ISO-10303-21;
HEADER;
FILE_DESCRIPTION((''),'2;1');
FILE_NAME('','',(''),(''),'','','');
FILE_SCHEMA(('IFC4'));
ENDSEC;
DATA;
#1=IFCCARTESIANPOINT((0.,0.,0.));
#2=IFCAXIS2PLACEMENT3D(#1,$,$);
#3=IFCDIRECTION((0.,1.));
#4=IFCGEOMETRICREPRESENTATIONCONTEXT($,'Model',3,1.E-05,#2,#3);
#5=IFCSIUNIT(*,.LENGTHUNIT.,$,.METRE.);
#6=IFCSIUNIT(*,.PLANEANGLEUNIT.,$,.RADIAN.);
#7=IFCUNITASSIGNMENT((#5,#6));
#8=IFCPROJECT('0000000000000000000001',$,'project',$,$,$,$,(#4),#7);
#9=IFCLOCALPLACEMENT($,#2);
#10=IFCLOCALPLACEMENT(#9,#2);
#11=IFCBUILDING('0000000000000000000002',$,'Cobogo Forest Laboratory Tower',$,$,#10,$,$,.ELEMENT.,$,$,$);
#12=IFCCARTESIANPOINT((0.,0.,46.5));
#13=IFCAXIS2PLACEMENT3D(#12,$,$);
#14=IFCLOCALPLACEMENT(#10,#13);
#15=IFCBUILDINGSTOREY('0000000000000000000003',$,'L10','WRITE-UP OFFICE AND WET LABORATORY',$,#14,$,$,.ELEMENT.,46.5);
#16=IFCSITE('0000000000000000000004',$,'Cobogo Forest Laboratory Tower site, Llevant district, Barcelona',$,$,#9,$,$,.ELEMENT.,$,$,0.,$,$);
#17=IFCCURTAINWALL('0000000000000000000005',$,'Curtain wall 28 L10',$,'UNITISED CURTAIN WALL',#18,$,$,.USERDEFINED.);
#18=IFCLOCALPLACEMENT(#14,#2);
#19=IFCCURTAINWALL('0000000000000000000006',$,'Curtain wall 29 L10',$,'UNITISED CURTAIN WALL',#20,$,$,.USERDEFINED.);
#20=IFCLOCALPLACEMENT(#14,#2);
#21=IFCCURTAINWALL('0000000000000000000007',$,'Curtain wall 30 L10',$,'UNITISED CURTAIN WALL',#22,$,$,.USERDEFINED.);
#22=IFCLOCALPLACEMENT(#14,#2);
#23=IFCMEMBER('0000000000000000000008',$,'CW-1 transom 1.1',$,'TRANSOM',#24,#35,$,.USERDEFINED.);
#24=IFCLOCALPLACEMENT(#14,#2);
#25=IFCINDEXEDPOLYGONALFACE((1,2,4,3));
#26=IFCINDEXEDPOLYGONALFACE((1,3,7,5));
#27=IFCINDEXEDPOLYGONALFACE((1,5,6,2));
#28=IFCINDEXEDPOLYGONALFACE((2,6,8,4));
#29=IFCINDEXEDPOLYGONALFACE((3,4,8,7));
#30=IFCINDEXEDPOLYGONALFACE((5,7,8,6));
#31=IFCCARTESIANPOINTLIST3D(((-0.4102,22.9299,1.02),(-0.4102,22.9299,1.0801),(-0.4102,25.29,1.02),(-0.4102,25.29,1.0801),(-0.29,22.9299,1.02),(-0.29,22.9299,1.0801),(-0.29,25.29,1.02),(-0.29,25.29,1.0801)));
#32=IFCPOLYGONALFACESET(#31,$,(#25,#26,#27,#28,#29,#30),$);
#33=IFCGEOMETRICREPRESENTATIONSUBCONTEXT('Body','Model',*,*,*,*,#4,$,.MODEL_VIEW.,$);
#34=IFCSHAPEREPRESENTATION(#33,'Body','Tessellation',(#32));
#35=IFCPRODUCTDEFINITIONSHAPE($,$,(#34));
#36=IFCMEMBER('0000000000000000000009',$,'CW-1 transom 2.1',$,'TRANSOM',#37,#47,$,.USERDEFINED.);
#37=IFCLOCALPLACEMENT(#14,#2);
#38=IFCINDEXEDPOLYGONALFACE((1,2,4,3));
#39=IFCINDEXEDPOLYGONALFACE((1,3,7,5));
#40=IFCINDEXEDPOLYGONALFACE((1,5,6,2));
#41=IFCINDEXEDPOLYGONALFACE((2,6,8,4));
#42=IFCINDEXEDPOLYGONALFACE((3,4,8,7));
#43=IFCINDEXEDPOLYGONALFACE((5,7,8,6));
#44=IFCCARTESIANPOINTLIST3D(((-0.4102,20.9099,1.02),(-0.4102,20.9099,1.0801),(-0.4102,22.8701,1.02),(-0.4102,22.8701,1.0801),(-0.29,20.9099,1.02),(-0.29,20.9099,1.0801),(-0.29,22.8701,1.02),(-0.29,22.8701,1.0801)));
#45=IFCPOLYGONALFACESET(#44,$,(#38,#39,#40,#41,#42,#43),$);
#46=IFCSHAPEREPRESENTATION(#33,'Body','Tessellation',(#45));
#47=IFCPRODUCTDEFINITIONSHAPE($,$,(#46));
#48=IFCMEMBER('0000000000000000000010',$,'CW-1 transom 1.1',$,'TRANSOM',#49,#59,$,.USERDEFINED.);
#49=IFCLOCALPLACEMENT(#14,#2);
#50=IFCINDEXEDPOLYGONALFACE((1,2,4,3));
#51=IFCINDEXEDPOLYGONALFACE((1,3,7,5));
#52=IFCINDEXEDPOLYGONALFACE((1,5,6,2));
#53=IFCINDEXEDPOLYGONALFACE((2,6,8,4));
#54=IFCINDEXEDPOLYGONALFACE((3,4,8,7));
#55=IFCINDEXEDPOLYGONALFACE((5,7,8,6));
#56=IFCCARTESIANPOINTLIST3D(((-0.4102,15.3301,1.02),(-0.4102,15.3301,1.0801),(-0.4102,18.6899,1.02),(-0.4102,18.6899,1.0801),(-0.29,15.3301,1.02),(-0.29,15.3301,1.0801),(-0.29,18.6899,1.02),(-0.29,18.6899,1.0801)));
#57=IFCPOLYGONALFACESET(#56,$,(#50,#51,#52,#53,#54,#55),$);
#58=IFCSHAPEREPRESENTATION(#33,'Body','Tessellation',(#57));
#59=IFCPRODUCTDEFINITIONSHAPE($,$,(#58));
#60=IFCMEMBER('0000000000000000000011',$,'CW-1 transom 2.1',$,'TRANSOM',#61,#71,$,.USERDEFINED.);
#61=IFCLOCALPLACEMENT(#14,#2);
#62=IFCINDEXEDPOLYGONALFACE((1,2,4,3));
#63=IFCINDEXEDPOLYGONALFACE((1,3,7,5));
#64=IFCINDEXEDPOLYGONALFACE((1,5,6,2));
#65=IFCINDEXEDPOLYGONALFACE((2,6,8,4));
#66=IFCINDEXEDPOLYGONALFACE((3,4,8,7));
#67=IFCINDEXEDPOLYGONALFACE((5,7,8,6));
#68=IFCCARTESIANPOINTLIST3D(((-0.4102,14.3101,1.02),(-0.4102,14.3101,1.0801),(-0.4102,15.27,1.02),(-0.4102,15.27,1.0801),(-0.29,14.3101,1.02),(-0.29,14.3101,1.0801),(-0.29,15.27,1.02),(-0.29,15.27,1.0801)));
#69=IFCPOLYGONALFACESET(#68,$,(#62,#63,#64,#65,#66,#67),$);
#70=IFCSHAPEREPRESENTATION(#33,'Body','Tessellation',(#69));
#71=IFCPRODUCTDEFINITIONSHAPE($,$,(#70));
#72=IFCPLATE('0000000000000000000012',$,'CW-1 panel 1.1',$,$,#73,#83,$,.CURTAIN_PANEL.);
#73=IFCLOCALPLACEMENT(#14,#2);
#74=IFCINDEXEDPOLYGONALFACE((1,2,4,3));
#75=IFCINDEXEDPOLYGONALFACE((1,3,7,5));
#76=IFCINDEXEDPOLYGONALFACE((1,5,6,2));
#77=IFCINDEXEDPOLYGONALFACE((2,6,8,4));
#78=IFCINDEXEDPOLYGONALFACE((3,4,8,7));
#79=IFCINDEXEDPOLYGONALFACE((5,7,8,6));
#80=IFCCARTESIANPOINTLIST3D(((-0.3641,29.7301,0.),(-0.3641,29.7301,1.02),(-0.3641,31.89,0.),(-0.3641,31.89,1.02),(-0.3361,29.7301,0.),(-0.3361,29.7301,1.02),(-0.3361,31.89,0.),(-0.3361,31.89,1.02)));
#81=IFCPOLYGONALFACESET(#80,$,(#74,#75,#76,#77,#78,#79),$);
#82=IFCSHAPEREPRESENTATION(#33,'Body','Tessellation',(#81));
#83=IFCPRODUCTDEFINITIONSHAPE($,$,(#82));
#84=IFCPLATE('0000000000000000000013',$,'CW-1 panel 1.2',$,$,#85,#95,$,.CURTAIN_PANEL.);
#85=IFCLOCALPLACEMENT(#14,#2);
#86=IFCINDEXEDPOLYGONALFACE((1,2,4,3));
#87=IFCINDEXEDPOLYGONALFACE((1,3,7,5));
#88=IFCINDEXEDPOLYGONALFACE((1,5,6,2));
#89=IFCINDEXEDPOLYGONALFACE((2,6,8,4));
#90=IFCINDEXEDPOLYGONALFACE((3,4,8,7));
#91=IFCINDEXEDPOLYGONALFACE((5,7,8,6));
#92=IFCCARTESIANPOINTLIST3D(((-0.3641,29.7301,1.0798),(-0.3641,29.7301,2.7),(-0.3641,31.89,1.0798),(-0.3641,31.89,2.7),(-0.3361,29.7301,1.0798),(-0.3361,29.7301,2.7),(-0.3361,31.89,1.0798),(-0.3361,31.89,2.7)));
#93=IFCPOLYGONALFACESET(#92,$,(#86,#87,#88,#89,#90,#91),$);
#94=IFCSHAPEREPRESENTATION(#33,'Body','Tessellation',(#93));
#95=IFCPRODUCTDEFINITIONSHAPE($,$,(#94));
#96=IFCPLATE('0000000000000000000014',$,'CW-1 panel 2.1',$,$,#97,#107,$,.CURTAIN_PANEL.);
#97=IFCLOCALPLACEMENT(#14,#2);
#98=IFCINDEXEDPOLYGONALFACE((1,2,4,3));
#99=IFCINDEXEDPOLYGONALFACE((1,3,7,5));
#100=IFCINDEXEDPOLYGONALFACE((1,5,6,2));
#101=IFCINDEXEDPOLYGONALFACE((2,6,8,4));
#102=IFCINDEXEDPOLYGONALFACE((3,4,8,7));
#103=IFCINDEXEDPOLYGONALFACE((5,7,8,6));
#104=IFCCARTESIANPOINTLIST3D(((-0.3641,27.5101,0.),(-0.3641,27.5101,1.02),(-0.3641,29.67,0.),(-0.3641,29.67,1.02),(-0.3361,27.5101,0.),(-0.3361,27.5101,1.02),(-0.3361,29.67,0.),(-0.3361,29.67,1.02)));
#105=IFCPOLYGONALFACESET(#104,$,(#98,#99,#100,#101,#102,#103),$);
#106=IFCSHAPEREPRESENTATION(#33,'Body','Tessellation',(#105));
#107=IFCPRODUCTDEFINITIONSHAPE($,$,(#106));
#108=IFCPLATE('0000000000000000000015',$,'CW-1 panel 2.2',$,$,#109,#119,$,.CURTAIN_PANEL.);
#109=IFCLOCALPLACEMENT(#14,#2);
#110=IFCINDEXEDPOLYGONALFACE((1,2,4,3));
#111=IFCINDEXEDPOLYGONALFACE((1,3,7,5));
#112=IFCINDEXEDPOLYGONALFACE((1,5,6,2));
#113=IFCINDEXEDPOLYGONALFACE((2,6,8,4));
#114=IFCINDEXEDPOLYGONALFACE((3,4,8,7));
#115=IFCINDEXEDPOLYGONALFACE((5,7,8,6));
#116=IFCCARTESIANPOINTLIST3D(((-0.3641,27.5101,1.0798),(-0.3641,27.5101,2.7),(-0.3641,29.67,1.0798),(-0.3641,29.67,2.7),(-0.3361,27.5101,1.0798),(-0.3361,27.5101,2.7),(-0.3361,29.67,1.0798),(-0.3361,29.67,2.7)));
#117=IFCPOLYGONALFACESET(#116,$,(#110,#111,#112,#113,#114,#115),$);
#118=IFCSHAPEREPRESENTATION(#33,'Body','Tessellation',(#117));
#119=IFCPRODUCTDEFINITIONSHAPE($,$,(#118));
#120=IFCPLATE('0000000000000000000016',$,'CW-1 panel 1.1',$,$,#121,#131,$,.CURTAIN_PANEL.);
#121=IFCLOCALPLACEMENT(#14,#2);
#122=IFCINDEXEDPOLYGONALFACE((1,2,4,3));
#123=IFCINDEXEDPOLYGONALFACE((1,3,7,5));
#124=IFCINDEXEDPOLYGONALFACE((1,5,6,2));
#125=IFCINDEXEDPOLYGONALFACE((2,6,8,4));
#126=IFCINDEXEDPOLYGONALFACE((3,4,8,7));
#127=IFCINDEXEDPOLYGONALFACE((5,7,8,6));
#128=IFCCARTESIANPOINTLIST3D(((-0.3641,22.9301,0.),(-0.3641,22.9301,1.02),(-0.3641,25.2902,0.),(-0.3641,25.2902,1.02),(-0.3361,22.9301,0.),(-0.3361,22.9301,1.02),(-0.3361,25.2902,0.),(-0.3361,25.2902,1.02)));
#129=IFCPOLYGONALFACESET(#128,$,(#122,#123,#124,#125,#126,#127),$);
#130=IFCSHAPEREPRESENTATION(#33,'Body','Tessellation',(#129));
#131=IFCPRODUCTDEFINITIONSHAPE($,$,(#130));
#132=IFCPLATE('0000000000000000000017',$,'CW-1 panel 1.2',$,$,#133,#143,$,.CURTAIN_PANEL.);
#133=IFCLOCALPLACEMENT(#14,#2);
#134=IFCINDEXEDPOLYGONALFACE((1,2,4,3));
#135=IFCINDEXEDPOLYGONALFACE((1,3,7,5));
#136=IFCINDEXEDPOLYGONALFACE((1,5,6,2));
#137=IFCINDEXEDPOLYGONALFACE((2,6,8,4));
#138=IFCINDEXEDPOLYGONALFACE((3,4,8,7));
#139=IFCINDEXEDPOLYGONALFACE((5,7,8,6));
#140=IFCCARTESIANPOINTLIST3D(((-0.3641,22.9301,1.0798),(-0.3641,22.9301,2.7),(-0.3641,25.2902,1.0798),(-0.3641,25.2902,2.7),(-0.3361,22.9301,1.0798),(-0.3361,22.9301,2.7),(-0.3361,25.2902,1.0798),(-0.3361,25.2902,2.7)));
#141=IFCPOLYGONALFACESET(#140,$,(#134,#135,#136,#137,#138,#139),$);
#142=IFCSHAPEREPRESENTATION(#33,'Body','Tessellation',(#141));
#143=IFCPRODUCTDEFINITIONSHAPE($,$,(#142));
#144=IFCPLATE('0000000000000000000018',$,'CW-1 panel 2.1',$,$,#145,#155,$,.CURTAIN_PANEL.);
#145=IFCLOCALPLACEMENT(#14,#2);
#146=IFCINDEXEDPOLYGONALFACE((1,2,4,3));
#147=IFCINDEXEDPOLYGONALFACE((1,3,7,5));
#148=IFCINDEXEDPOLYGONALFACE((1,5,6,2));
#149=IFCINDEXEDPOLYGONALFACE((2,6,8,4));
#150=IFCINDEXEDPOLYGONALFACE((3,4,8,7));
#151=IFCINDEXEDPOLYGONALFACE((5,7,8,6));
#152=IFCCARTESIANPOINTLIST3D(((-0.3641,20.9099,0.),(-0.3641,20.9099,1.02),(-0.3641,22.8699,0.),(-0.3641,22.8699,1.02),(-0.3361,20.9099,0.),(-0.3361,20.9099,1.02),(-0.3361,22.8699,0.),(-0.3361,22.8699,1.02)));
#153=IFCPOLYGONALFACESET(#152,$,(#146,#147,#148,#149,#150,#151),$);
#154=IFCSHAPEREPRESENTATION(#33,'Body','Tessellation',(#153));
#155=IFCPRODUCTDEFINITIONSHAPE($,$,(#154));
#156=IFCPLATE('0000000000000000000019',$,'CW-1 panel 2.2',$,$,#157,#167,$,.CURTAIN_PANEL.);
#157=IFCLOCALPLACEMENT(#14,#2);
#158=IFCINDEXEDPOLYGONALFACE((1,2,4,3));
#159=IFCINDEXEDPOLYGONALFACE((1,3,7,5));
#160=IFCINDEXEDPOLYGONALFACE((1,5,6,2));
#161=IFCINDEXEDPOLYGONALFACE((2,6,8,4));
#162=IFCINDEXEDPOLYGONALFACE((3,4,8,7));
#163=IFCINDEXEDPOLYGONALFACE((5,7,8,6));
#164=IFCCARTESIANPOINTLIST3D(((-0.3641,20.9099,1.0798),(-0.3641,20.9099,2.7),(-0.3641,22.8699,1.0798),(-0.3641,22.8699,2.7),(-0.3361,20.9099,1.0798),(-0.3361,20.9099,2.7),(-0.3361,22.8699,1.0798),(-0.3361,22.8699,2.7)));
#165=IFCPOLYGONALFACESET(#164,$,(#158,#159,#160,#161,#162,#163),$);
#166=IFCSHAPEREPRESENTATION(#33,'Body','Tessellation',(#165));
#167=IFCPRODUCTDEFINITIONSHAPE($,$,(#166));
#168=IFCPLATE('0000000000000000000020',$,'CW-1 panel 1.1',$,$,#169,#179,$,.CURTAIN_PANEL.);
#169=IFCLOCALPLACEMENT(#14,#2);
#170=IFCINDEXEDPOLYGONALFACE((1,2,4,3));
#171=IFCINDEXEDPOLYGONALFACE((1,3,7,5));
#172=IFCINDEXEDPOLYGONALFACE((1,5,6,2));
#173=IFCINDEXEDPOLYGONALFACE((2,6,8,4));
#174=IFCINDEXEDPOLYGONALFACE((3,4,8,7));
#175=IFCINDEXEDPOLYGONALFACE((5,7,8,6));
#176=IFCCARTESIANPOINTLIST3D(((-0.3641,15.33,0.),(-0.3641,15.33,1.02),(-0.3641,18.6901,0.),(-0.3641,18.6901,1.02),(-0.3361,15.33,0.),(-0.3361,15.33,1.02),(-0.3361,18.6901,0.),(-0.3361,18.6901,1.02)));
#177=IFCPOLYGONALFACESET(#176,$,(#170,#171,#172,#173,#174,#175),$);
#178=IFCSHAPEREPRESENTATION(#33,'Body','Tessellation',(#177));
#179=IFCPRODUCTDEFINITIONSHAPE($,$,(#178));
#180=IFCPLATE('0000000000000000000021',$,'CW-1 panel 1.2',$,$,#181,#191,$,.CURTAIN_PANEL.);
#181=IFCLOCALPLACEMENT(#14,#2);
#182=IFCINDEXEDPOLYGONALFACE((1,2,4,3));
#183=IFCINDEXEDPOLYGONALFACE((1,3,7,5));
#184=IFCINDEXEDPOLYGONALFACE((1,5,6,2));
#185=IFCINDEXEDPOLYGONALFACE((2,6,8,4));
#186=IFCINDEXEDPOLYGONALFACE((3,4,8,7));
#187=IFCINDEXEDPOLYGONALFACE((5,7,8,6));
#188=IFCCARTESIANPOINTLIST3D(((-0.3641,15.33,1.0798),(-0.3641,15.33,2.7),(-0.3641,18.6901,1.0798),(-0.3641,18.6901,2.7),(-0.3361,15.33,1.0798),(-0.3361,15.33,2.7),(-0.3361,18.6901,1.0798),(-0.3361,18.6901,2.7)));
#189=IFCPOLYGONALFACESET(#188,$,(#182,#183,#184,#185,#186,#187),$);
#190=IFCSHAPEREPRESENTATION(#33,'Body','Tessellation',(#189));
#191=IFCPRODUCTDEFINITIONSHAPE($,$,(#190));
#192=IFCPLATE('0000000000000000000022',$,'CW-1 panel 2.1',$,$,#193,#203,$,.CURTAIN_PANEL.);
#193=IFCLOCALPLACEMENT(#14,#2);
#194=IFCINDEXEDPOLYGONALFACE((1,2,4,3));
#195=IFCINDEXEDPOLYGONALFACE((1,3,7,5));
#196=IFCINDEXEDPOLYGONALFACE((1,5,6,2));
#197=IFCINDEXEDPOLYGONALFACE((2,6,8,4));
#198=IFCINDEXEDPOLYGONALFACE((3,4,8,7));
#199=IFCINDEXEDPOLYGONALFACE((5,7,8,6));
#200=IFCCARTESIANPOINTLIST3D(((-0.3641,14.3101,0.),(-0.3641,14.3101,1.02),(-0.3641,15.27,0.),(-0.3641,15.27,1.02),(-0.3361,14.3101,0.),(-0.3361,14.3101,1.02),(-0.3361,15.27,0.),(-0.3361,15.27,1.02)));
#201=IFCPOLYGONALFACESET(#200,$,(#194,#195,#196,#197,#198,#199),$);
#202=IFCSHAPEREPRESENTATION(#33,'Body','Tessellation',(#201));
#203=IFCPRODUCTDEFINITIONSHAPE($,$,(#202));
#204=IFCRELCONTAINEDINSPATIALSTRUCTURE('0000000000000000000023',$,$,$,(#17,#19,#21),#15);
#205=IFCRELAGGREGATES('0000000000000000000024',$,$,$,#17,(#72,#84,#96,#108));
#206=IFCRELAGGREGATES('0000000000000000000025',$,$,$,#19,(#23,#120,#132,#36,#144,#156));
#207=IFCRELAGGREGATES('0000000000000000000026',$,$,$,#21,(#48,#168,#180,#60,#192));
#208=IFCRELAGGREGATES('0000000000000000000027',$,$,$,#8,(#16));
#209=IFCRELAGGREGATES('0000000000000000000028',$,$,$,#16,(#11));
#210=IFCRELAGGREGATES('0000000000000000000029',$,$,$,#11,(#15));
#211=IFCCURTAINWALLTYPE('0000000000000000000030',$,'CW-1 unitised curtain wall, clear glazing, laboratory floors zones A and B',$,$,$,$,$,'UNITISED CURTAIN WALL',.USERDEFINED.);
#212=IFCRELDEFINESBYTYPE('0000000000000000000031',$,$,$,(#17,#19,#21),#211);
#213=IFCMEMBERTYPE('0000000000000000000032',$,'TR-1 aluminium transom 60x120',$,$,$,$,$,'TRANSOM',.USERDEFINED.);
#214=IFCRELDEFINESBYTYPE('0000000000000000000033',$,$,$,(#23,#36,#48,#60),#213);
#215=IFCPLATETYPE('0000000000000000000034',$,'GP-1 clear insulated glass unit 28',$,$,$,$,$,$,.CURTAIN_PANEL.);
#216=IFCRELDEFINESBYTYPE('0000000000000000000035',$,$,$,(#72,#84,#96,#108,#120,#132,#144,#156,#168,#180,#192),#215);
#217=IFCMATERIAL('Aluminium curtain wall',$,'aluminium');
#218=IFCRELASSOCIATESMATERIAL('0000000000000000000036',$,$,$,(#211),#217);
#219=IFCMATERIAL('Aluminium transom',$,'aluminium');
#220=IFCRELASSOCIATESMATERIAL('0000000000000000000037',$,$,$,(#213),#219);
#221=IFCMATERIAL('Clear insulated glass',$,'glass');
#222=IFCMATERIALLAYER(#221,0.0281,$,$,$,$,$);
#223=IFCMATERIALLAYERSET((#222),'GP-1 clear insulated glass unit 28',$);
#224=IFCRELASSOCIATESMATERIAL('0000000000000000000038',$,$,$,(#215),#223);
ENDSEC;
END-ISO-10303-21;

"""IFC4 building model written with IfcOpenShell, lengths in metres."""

from ifc_helpers import new_model, si_unit, direction, frame, origin, origin_2d, place, context, subcontext, project, spatial, rectangle, extrude, material, layer, layer_set, material_profile, profile_set, type_object, element, aggregate, save


model = new_model("IFC4")

# Units and contexts
model_context = context("Model", 3, precision=1e-05, world=origin(), true_north=direction((0.0, 1.0)))
body_context = subcontext(model_context, "Body", "Model", "MODEL_VIEW")
ifc_project = project(units=[si_unit("LENGTHUNIT", "METRE"), si_unit("PLANEANGLEUNIT", "RADIAN")], contexts=[model_context])

# Site, building, storey
site_placement = place(None, origin())
site = spatial("IfcSite", under=ifc_project, at=site_placement, Name="Cobogo Forest Laboratory Tower site, Llevant district, Barcelona", CompositionType="ELEMENT", RefElevation=0.0)
building_placement = place(site_placement, origin())
building = spatial("IfcBuilding", under=site, at=building_placement, Name="Cobogo Forest Laboratory Tower", CompositionType="ELEMENT")
storey_placement = place(building_placement, frame((0.0, 0.0, 46.5)))
storey = spatial("IfcBuildingStorey", under=building, at=storey_placement, Name="L10", Description="WRITE-UP OFFICE AND WET LABORATORY", CompositionType="ELEMENT", Elevation=46.5)

# Curtain walls
ifc_material_1 = material(Name="Aluminium curtain wall", Category="aluminium")
curtain_wall_type = type_object("IfcCurtainWallType", Name="CW-1 unitised curtain wall, clear glazing, laboratory floors zones A and B", ElementType="UNITISED CURTAIN WALL", PredefinedType="USERDEFINED", material=ifc_material_1)
curtain_wall_1_placement = place(storey_placement, origin())
curtain_wall_1 = element("IfcCurtainWall", 1, at=curtain_wall_1_placement, inside=storey, type_object=curtain_wall_type, Name="Curtain wall 28 L10", ObjectType="UNITISED CURTAIN WALL", PredefinedType="USERDEFINED")
curtain_wall_2_placement = place(storey_placement, origin())
curtain_wall_2 = element("IfcCurtainWall", 2, at=curtain_wall_2_placement, inside=storey, type_object=curtain_wall_type, Name="Curtain wall 29 L10", ObjectType="UNITISED CURTAIN WALL", PredefinedType="USERDEFINED")
curtain_wall_3_placement = place(storey_placement, origin())
curtain_wall_3 = element("IfcCurtainWall", 3, at=curtain_wall_3_placement, inside=storey, type_object=curtain_wall_type, Name="Curtain wall 30 L10", ObjectType="UNITISED CURTAIN WALL", PredefinedType="USERDEFINED")

# Members
ifc_material_2 = material(Name="Aluminium transom", Category="aluminium")
ifc_material_profile_1 = material_profile(ifc_material_2, rectangle(XDim=0.1201, YDim=0.0601, at=origin_2d()), Name="AL 60x120")
ifc_profile_set_1 = profile_set([ifc_material_profile_1], Name="Aluminium transom")
member_type_1 = type_object("IfcMemberType", Name="TR-1 aluminium transom 60x120", ElementType="TRANSOM", PredefinedType="USERDEFINED", material=ifc_profile_set_1)
member_1_placement = place(storey_placement, frame((-0.3501, 25.29, 1.05), z_axis=(0.0, -1.0, 0.0), x_axis=(1.0, 0.0, 0.0)))
member_1 = element("IfcMember", 4, at=member_1_placement, type_object=member_type_1, Name="CW-1 transom 1.1", ObjectType="TRANSOM", PredefinedType="USERDEFINED", context=body_context, shape_type="SweptSolid", body=[
    extrude(rectangle(XDim=0.1201, YDim=0.0601, at=origin_2d()), origin(), (0.0, 0.0, 1.0), 2.3601),
])
member_2_placement = place(storey_placement, frame((-0.3501, 22.8701, 1.05), z_axis=(0.0, -1.0, 0.0), x_axis=(1.0, 0.0, 0.0)))
member_2 = element("IfcMember", 5, at=member_2_placement, type_object=member_type_1, Name="CW-1 transom 2.1", ObjectType="TRANSOM", PredefinedType="USERDEFINED", context=body_context, shape_type="SweptSolid", body=[
    extrude(rectangle(XDim=0.1201, YDim=0.0601, at=origin_2d()), origin(), (0.0, 0.0, 1.0), 1.9602),
])
member_3_placement = place(storey_placement, frame((-0.3501, 18.6899, 1.05), z_axis=(0.0, -1.0, 0.0), x_axis=(1.0, 0.0, 0.0)))
member_3 = element("IfcMember", 6, at=member_3_placement, type_object=member_type_1, Name="CW-1 transom 1.1", ObjectType="TRANSOM", PredefinedType="USERDEFINED", context=body_context, shape_type="SweptSolid", body=[
    extrude(rectangle(XDim=0.1201, YDim=0.0601, at=origin_2d()), origin(), (0.0, 0.0, 1.0), 3.3599),
])
member_4_placement = place(storey_placement, frame((-0.3501, 15.27, 1.05), z_axis=(0.0, -1.0, 0.0), x_axis=(1.0, 0.0, 0.0)))
member_4 = element("IfcMember", 7, at=member_4_placement, type_object=member_type_1, Name="CW-1 transom 2.1", ObjectType="TRANSOM", PredefinedType="USERDEFINED", context=body_context, shape_type="SweptSolid", body=[
    extrude(rectangle(XDim=0.1201, YDim=0.0601, at=origin_2d()), origin(), (0.0, 0.0, 1.0), 0.96),
])

# Plates
ifc_material_3 = material(Name="Clear insulated glass", Category="glass")
ifc_layer_1 = layer(ifc_material_3, 0.0281)
ifc_layer_set_1 = layer_set([ifc_layer_1], Name="GP-1 clear insulated glass unit 28")
plate_type_1 = type_object("IfcPlateType", Name="GP-1 clear insulated glass unit 28", PredefinedType="CURTAIN_PANEL", material=ifc_layer_set_1)
plate_1_placement = place(storey_placement, frame((-0.3501, 30.8101, 0.0), z_axis=(0.0, 0.0, 1.0), x_axis=(0.0, -1.0, 0.0)))
plate_1 = element("IfcPlate", 8, at=plate_1_placement, type_object=plate_type_1, Name="CW-1 panel 1.1", PredefinedType="CURTAIN_PANEL", context=body_context, shape_type="SweptSolid", body=[
    extrude(rectangle(XDim=2.1599, YDim=0.0281, at=origin_2d()), origin(), (0.0, 0.0, 1.0), 1.02),
])
plate_2_placement = place(storey_placement, frame((-0.3501, 30.8101, 1.0798), z_axis=(0.0, 0.0, 1.0), x_axis=(0.0, -1.0, 0.0)))
plate_2 = element("IfcPlate", 9, at=plate_2_placement, type_object=plate_type_1, Name="CW-1 panel 1.2", PredefinedType="CURTAIN_PANEL", context=body_context, shape_type="SweptSolid", body=[
    extrude(rectangle(XDim=2.1599, YDim=0.0281, at=origin_2d()), origin(), (0.0, 0.0, 1.0), 1.6201),
])
plate_3_placement = place(storey_placement, frame((-0.3501, 28.5901, 0.0), z_axis=(0.0, 0.0, 1.0), x_axis=(0.0, -1.0, 0.0)))
plate_3 = element("IfcPlate", 10, at=plate_3_placement, type_object=plate_type_1, Name="CW-1 panel 2.1", PredefinedType="CURTAIN_PANEL", context=body_context, shape_type="SweptSolid", body=[
    extrude(rectangle(XDim=2.1599, YDim=0.0281, at=origin_2d()), origin(), (0.0, 0.0, 1.0), 1.02),
])
plate_4_placement = place(storey_placement, frame((-0.3501, 28.5901, 1.0798), z_axis=(0.0, 0.0, 1.0), x_axis=(0.0, -1.0, 0.0)))
plate_4 = element("IfcPlate", 11, at=plate_4_placement, type_object=plate_type_1, Name="CW-1 panel 2.2", PredefinedType="CURTAIN_PANEL", context=body_context, shape_type="SweptSolid", body=[
    extrude(rectangle(XDim=2.1599, YDim=0.0281, at=origin_2d()), origin(), (0.0, 0.0, 1.0), 1.6201),
])
aggregate(curtain_wall_1, [plate_1, plate_2, plate_3, plate_4])
plate_5_placement = place(storey_placement, frame((-0.3501, 24.1101, 0.0), z_axis=(0.0, 0.0, 1.0), x_axis=(0.0, -1.0, 0.0)))
plate_5 = element("IfcPlate", 12, at=plate_5_placement, type_object=plate_type_1, Name="CW-1 panel 1.1", PredefinedType="CURTAIN_PANEL", context=body_context, shape_type="SweptSolid", body=[
    extrude(rectangle(XDim=2.3601, YDim=0.0281, at=origin_2d()), origin(), (0.0, 0.0, 1.0), 1.02),
])
plate_6_placement = place(storey_placement, frame((-0.3501, 24.1101, 1.0798), z_axis=(0.0, 0.0, 1.0), x_axis=(0.0, -1.0, 0.0)))
plate_6 = element("IfcPlate", 13, at=plate_6_placement, type_object=plate_type_1, Name="CW-1 panel 1.2", PredefinedType="CURTAIN_PANEL", context=body_context, shape_type="SweptSolid", body=[
    extrude(rectangle(XDim=2.3601, YDim=0.0281, at=origin_2d()), origin(), (0.0, 0.0, 1.0), 1.6201),
])
plate_7_placement = place(storey_placement, frame((-0.3501, 21.8899, 0.0), z_axis=(0.0, 0.0, 1.0), x_axis=(0.0, -1.0, 0.0)))
plate_7 = element("IfcPlate", 14, at=plate_7_placement, type_object=plate_type_1, Name="CW-1 panel 2.1", PredefinedType="CURTAIN_PANEL", context=body_context, shape_type="SweptSolid", body=[
    extrude(rectangle(XDim=1.96, YDim=0.0281, at=origin_2d()), origin(), (0.0, 0.0, 1.0), 1.02),
])
plate_8_placement = place(storey_placement, frame((-0.3501, 21.8899, 1.0798), z_axis=(0.0, 0.0, 1.0), x_axis=(0.0, -1.0, 0.0)))
plate_8 = element("IfcPlate", 15, at=plate_8_placement, type_object=plate_type_1, Name="CW-1 panel 2.2", PredefinedType="CURTAIN_PANEL", context=body_context, shape_type="SweptSolid", body=[
    extrude(rectangle(XDim=1.96, YDim=0.0281, at=origin_2d()), origin(), (0.0, 0.0, 1.0), 1.6201),
])
aggregate(curtain_wall_2, [member_1, plate_5, plate_6, member_2, plate_7, plate_8])
plate_9_placement = place(storey_placement, frame((-0.3501, 17.01, 0.0), z_axis=(0.0, 0.0, 1.0), x_axis=(0.0, -1.0, 0.0)))
plate_9 = element("IfcPlate", 16, at=plate_9_placement, type_object=plate_type_1, Name="CW-1 panel 1.1", PredefinedType="CURTAIN_PANEL", context=body_context, shape_type="SweptSolid", body=[
    extrude(rectangle(XDim=3.3601, YDim=0.0281, at=origin_2d()), origin(), (0.0, 0.0, 1.0), 1.02),
])
plate_10_placement = place(storey_placement, frame((-0.3501, 17.01, 1.0798), z_axis=(0.0, 0.0, 1.0), x_axis=(0.0, -1.0, 0.0)))
plate_10 = element("IfcPlate", 17, at=plate_10_placement, type_object=plate_type_1, Name="CW-1 panel 1.2", PredefinedType="CURTAIN_PANEL", context=body_context, shape_type="SweptSolid", body=[
    extrude(rectangle(XDim=3.3601, YDim=0.0281, at=origin_2d()), origin(), (0.0, 0.0, 1.0), 1.6201),
])
plate_11_placement = place(storey_placement, frame((-0.3501, 14.79, 0.0), z_axis=(0.0, 0.0, 1.0), x_axis=(0.0, -1.0, 0.0)))
plate_11 = element("IfcPlate", 18, at=plate_11_placement, type_object=plate_type_1, Name="CW-1 panel 2.1", PredefinedType="CURTAIN_PANEL", context=body_context, shape_type="SweptSolid", body=[
    extrude(rectangle(XDim=0.96, YDim=0.0281, at=origin_2d()), origin(), (0.0, 0.0, 1.0), 1.02),
])
aggregate(curtain_wall_3, [member_3, plate_9, plate_10, member_4, plate_11])

save(model, "model.ifc")
